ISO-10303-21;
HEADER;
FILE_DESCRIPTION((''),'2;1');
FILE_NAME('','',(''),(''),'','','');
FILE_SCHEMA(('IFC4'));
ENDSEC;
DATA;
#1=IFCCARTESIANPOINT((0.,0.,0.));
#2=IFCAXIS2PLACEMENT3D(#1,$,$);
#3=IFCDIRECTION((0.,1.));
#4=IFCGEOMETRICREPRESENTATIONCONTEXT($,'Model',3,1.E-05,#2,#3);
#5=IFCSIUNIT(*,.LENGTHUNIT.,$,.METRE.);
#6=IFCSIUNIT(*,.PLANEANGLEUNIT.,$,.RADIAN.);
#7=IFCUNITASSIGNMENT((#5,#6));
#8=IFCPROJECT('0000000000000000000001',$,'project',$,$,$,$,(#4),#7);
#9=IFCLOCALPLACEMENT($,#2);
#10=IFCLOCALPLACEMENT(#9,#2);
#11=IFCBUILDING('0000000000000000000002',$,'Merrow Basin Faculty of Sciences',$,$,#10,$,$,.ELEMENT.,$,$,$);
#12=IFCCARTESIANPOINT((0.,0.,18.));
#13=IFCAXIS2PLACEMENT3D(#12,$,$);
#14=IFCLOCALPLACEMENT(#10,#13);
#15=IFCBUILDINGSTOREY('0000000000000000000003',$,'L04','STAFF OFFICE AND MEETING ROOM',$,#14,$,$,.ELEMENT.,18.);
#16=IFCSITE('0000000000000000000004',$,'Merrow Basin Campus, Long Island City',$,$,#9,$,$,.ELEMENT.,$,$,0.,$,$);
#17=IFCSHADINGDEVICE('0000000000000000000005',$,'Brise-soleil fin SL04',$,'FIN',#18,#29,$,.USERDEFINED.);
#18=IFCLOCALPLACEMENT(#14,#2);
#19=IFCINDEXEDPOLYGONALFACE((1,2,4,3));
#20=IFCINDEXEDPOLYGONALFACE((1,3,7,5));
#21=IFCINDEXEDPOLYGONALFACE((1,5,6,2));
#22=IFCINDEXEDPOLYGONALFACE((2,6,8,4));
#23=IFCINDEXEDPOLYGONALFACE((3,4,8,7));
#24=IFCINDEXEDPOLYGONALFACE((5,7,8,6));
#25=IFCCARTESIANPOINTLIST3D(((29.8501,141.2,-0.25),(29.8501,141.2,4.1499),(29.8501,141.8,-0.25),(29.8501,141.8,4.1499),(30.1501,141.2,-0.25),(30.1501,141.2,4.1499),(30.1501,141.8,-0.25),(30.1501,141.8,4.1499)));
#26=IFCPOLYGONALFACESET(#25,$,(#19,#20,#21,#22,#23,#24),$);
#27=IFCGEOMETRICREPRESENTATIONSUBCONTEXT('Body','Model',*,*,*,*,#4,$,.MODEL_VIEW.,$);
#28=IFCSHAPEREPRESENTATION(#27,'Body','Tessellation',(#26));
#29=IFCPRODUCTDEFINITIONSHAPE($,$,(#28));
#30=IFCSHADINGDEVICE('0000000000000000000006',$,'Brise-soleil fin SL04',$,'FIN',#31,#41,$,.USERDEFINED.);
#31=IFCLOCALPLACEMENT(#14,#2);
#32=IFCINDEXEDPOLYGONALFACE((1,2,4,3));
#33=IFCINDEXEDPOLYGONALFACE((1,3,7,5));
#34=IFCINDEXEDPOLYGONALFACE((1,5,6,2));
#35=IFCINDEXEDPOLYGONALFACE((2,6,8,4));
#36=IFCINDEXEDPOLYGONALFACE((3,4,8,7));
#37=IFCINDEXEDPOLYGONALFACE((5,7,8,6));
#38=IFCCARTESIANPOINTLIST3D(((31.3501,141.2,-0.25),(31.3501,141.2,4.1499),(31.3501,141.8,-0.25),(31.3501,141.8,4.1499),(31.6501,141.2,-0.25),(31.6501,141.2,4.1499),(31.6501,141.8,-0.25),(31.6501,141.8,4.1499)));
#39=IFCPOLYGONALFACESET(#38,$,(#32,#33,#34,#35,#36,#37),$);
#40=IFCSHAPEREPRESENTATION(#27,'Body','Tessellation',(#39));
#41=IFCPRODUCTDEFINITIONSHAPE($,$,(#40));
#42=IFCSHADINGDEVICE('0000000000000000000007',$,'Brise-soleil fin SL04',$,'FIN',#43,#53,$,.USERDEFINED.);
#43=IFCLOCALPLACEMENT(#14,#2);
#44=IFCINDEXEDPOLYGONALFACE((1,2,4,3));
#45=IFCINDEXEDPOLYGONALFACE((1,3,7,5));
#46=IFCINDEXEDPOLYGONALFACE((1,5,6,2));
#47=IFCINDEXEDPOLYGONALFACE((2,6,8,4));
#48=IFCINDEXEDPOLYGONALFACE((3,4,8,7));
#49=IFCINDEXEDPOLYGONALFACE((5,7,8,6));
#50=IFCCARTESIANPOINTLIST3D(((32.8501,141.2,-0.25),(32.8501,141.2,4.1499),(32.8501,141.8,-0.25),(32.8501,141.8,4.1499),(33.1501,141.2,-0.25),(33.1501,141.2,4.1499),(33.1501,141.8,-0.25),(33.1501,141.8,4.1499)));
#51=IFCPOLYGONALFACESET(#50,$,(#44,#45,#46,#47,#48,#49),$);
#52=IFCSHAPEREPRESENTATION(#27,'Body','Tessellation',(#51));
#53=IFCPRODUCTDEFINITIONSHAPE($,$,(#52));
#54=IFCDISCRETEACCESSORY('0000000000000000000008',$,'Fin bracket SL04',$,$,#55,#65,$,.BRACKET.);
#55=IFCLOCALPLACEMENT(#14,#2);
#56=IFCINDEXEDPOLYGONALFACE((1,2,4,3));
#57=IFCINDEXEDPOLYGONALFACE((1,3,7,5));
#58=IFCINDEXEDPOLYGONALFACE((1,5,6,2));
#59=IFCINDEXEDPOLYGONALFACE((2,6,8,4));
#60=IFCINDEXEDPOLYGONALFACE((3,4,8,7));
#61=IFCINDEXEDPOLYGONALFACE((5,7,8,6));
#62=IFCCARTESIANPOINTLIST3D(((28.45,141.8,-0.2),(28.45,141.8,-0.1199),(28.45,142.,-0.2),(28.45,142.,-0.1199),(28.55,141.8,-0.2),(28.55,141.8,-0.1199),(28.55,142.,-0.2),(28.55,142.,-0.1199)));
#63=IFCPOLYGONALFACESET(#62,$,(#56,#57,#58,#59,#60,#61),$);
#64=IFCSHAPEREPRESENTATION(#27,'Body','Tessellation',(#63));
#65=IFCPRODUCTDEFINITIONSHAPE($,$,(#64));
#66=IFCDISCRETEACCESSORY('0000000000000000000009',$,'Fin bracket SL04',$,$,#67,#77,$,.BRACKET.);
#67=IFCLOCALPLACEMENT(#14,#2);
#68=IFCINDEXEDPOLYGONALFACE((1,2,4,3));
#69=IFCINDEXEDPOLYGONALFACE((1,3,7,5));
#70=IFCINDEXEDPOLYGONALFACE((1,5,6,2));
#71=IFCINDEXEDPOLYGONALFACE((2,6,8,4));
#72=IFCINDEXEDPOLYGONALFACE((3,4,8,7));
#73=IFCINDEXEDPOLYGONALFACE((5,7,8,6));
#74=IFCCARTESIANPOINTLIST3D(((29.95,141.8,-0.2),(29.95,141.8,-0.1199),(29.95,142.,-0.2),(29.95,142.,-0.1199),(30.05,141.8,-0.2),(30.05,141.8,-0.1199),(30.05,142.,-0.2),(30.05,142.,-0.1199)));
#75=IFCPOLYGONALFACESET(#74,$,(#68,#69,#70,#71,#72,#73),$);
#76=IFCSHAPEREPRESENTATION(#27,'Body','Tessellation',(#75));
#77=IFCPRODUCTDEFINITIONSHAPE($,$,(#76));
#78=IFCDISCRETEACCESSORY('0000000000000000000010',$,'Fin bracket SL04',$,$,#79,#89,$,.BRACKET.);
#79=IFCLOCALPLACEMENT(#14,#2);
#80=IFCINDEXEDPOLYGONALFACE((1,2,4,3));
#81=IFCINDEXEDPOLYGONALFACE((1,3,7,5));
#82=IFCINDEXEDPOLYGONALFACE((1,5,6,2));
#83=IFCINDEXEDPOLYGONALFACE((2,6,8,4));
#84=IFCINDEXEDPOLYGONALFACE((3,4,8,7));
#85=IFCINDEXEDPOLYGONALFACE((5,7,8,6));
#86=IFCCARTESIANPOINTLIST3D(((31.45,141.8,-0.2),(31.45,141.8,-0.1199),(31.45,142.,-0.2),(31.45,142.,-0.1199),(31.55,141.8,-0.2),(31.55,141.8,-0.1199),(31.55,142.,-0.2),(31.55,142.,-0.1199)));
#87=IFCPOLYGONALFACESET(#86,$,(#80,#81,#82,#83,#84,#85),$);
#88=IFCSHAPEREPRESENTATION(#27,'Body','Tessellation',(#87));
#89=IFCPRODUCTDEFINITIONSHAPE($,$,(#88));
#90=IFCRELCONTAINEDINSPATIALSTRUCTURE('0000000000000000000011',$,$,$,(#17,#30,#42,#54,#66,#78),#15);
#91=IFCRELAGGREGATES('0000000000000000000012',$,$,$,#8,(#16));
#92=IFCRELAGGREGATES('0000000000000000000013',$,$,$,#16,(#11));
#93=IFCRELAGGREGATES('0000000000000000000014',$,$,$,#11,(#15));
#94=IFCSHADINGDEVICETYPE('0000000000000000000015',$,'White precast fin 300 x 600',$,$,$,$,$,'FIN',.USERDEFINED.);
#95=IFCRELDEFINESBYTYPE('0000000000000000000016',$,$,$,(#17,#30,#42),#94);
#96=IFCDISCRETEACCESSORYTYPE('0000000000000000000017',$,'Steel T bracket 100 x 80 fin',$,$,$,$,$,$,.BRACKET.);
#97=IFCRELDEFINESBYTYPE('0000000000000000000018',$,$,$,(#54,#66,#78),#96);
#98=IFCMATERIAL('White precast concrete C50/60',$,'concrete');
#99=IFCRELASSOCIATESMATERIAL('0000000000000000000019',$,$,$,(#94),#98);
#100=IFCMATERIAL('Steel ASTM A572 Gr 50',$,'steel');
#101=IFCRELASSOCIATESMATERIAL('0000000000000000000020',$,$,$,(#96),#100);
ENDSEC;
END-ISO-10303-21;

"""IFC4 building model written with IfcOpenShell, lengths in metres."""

from ifc_helpers import new_model, si_unit, direction, frame, origin, place, context, subcontext, project, spatial, polyline, outline, extrude, source, transform, mapped, material, type_object, element, save


model = new_model("IFC4")

# Units and contexts
model_context = context("Model", 3, precision=1e-05, world=origin(), true_north=direction((0.0, 1.0)))
body_context = subcontext(model_context, "Body", "Model", "MODEL_VIEW")
ifc_project = project(units=[si_unit("LENGTHUNIT", "METRE"), si_unit("PLANEANGLEUNIT", "RADIAN")], contexts=[model_context])

# Site, building, storey
site_placement = place(None, origin())
site = spatial("IfcSite", under=ifc_project, at=site_placement, Name="Merrow Basin Campus, Long Island City", CompositionType="ELEMENT", RefElevation=0.0)
building_placement = place(site_placement, origin())
building = spatial("IfcBuilding", under=site, at=building_placement, Name="Merrow Basin Faculty of Sciences", CompositionType="ELEMENT")
storey_placement = place(building_placement, frame((0.0, 0.0, 18.0)))
storey = spatial("IfcBuildingStorey", under=building, at=storey_placement, Name="L04", Description="STAFF OFFICE AND MEETING ROOM", CompositionType="ELEMENT", Elevation=18.0)

# Shading devices
ifc_material_1 = material(Name="White precast concrete C50/60", Category="concrete")
shading_device_type = type_object("IfcShadingDeviceType", Name="White precast fin 300 x 600", ElementType="FIN", PredefinedType="USERDEFINED", material=ifc_material_1)
shared_shape_1 = source(origin(), body_context, "Body", "SweptSolid", [
    extrude(outline(polyline([(0.0, 0.0), (0.3, 0.0), (0.3, 4.3999), (0.0, 4.3999), (0.0, 0.0)])), origin(), (0.0, 0.0, 1.0), 0.6001),
])
for number, where, z_axis, x_axis, name in (
    (1, (29.8501, 141.8, -0.25), (0.0, -1.0, 0.0), (1.0, 0.0, 0.0), "Brise-soleil fin SL04"),
    (2, (31.3501, 141.8, -0.25), (0.0, -1.0, 0.0), (1.0, 0.0, 0.0), "Brise-soleil fin SL04"),
    (3, (32.8501, 141.8, -0.25), (0.0, -1.0, 0.0), (1.0, 0.0, 0.0), "Brise-soleil fin SL04"),
):
    element("IfcShadingDevice", number, at=place(storey_placement, frame(where, z_axis=z_axis, x_axis=x_axis)), inside=storey, type_object=shading_device_type, Name=name, ObjectType="FIN", PredefinedType="USERDEFINED", context=body_context, shape_type="MappedRepresentation", body=[
        mapped(shared_shape_1, transform((0.0, 0.0, 0.0), scale=1.0)),
    ])

# Discrete accessories
ifc_material_2 = material(Name="Steel ASTM A572 Gr 50", Category="steel")
discrete_accessory_type = type_object("IfcDiscreteAccessoryType", Name="Steel T bracket 100 x 80 fin", PredefinedType="BRACKET", material=ifc_material_2)
shared_shape_2 = source(origin(), body_context, "Body", "SweptSolid", [
    extrude(outline(polyline([(0.0, 0.0), (0.1001, 0.0), (0.1001, 0.0801), (0.0, 0.0801), (0.0, 0.0)])), origin(), (0.0, 0.0, 1.0), 0.2),
])
for number, where, z_axis, x_axis, name in (
    (4, (28.45, 142.0, -0.2), (0.0, -1.0, 0.0), (1.0, 0.0, 0.0), "Fin bracket SL04"),
    (5, (29.95, 142.0, -0.2), (0.0, -1.0, 0.0), (1.0, 0.0, 0.0), "Fin bracket SL04"),
    (6, (31.45, 142.0, -0.2), (0.0, -1.0, 0.0), (1.0, 0.0, 0.0), "Fin bracket SL04"),
):
    element("IfcDiscreteAccessory", number, at=place(storey_placement, frame(where, z_axis=z_axis, x_axis=x_axis)), inside=storey, type_object=discrete_accessory_type, Name=name, PredefinedType="BRACKET", context=body_context, shape_type="MappedRepresentation", body=[
        mapped(shared_shape_2, transform((0.0, 0.0, 0.0), scale=1.0)),
    ])

save(model, "model.ifc")
